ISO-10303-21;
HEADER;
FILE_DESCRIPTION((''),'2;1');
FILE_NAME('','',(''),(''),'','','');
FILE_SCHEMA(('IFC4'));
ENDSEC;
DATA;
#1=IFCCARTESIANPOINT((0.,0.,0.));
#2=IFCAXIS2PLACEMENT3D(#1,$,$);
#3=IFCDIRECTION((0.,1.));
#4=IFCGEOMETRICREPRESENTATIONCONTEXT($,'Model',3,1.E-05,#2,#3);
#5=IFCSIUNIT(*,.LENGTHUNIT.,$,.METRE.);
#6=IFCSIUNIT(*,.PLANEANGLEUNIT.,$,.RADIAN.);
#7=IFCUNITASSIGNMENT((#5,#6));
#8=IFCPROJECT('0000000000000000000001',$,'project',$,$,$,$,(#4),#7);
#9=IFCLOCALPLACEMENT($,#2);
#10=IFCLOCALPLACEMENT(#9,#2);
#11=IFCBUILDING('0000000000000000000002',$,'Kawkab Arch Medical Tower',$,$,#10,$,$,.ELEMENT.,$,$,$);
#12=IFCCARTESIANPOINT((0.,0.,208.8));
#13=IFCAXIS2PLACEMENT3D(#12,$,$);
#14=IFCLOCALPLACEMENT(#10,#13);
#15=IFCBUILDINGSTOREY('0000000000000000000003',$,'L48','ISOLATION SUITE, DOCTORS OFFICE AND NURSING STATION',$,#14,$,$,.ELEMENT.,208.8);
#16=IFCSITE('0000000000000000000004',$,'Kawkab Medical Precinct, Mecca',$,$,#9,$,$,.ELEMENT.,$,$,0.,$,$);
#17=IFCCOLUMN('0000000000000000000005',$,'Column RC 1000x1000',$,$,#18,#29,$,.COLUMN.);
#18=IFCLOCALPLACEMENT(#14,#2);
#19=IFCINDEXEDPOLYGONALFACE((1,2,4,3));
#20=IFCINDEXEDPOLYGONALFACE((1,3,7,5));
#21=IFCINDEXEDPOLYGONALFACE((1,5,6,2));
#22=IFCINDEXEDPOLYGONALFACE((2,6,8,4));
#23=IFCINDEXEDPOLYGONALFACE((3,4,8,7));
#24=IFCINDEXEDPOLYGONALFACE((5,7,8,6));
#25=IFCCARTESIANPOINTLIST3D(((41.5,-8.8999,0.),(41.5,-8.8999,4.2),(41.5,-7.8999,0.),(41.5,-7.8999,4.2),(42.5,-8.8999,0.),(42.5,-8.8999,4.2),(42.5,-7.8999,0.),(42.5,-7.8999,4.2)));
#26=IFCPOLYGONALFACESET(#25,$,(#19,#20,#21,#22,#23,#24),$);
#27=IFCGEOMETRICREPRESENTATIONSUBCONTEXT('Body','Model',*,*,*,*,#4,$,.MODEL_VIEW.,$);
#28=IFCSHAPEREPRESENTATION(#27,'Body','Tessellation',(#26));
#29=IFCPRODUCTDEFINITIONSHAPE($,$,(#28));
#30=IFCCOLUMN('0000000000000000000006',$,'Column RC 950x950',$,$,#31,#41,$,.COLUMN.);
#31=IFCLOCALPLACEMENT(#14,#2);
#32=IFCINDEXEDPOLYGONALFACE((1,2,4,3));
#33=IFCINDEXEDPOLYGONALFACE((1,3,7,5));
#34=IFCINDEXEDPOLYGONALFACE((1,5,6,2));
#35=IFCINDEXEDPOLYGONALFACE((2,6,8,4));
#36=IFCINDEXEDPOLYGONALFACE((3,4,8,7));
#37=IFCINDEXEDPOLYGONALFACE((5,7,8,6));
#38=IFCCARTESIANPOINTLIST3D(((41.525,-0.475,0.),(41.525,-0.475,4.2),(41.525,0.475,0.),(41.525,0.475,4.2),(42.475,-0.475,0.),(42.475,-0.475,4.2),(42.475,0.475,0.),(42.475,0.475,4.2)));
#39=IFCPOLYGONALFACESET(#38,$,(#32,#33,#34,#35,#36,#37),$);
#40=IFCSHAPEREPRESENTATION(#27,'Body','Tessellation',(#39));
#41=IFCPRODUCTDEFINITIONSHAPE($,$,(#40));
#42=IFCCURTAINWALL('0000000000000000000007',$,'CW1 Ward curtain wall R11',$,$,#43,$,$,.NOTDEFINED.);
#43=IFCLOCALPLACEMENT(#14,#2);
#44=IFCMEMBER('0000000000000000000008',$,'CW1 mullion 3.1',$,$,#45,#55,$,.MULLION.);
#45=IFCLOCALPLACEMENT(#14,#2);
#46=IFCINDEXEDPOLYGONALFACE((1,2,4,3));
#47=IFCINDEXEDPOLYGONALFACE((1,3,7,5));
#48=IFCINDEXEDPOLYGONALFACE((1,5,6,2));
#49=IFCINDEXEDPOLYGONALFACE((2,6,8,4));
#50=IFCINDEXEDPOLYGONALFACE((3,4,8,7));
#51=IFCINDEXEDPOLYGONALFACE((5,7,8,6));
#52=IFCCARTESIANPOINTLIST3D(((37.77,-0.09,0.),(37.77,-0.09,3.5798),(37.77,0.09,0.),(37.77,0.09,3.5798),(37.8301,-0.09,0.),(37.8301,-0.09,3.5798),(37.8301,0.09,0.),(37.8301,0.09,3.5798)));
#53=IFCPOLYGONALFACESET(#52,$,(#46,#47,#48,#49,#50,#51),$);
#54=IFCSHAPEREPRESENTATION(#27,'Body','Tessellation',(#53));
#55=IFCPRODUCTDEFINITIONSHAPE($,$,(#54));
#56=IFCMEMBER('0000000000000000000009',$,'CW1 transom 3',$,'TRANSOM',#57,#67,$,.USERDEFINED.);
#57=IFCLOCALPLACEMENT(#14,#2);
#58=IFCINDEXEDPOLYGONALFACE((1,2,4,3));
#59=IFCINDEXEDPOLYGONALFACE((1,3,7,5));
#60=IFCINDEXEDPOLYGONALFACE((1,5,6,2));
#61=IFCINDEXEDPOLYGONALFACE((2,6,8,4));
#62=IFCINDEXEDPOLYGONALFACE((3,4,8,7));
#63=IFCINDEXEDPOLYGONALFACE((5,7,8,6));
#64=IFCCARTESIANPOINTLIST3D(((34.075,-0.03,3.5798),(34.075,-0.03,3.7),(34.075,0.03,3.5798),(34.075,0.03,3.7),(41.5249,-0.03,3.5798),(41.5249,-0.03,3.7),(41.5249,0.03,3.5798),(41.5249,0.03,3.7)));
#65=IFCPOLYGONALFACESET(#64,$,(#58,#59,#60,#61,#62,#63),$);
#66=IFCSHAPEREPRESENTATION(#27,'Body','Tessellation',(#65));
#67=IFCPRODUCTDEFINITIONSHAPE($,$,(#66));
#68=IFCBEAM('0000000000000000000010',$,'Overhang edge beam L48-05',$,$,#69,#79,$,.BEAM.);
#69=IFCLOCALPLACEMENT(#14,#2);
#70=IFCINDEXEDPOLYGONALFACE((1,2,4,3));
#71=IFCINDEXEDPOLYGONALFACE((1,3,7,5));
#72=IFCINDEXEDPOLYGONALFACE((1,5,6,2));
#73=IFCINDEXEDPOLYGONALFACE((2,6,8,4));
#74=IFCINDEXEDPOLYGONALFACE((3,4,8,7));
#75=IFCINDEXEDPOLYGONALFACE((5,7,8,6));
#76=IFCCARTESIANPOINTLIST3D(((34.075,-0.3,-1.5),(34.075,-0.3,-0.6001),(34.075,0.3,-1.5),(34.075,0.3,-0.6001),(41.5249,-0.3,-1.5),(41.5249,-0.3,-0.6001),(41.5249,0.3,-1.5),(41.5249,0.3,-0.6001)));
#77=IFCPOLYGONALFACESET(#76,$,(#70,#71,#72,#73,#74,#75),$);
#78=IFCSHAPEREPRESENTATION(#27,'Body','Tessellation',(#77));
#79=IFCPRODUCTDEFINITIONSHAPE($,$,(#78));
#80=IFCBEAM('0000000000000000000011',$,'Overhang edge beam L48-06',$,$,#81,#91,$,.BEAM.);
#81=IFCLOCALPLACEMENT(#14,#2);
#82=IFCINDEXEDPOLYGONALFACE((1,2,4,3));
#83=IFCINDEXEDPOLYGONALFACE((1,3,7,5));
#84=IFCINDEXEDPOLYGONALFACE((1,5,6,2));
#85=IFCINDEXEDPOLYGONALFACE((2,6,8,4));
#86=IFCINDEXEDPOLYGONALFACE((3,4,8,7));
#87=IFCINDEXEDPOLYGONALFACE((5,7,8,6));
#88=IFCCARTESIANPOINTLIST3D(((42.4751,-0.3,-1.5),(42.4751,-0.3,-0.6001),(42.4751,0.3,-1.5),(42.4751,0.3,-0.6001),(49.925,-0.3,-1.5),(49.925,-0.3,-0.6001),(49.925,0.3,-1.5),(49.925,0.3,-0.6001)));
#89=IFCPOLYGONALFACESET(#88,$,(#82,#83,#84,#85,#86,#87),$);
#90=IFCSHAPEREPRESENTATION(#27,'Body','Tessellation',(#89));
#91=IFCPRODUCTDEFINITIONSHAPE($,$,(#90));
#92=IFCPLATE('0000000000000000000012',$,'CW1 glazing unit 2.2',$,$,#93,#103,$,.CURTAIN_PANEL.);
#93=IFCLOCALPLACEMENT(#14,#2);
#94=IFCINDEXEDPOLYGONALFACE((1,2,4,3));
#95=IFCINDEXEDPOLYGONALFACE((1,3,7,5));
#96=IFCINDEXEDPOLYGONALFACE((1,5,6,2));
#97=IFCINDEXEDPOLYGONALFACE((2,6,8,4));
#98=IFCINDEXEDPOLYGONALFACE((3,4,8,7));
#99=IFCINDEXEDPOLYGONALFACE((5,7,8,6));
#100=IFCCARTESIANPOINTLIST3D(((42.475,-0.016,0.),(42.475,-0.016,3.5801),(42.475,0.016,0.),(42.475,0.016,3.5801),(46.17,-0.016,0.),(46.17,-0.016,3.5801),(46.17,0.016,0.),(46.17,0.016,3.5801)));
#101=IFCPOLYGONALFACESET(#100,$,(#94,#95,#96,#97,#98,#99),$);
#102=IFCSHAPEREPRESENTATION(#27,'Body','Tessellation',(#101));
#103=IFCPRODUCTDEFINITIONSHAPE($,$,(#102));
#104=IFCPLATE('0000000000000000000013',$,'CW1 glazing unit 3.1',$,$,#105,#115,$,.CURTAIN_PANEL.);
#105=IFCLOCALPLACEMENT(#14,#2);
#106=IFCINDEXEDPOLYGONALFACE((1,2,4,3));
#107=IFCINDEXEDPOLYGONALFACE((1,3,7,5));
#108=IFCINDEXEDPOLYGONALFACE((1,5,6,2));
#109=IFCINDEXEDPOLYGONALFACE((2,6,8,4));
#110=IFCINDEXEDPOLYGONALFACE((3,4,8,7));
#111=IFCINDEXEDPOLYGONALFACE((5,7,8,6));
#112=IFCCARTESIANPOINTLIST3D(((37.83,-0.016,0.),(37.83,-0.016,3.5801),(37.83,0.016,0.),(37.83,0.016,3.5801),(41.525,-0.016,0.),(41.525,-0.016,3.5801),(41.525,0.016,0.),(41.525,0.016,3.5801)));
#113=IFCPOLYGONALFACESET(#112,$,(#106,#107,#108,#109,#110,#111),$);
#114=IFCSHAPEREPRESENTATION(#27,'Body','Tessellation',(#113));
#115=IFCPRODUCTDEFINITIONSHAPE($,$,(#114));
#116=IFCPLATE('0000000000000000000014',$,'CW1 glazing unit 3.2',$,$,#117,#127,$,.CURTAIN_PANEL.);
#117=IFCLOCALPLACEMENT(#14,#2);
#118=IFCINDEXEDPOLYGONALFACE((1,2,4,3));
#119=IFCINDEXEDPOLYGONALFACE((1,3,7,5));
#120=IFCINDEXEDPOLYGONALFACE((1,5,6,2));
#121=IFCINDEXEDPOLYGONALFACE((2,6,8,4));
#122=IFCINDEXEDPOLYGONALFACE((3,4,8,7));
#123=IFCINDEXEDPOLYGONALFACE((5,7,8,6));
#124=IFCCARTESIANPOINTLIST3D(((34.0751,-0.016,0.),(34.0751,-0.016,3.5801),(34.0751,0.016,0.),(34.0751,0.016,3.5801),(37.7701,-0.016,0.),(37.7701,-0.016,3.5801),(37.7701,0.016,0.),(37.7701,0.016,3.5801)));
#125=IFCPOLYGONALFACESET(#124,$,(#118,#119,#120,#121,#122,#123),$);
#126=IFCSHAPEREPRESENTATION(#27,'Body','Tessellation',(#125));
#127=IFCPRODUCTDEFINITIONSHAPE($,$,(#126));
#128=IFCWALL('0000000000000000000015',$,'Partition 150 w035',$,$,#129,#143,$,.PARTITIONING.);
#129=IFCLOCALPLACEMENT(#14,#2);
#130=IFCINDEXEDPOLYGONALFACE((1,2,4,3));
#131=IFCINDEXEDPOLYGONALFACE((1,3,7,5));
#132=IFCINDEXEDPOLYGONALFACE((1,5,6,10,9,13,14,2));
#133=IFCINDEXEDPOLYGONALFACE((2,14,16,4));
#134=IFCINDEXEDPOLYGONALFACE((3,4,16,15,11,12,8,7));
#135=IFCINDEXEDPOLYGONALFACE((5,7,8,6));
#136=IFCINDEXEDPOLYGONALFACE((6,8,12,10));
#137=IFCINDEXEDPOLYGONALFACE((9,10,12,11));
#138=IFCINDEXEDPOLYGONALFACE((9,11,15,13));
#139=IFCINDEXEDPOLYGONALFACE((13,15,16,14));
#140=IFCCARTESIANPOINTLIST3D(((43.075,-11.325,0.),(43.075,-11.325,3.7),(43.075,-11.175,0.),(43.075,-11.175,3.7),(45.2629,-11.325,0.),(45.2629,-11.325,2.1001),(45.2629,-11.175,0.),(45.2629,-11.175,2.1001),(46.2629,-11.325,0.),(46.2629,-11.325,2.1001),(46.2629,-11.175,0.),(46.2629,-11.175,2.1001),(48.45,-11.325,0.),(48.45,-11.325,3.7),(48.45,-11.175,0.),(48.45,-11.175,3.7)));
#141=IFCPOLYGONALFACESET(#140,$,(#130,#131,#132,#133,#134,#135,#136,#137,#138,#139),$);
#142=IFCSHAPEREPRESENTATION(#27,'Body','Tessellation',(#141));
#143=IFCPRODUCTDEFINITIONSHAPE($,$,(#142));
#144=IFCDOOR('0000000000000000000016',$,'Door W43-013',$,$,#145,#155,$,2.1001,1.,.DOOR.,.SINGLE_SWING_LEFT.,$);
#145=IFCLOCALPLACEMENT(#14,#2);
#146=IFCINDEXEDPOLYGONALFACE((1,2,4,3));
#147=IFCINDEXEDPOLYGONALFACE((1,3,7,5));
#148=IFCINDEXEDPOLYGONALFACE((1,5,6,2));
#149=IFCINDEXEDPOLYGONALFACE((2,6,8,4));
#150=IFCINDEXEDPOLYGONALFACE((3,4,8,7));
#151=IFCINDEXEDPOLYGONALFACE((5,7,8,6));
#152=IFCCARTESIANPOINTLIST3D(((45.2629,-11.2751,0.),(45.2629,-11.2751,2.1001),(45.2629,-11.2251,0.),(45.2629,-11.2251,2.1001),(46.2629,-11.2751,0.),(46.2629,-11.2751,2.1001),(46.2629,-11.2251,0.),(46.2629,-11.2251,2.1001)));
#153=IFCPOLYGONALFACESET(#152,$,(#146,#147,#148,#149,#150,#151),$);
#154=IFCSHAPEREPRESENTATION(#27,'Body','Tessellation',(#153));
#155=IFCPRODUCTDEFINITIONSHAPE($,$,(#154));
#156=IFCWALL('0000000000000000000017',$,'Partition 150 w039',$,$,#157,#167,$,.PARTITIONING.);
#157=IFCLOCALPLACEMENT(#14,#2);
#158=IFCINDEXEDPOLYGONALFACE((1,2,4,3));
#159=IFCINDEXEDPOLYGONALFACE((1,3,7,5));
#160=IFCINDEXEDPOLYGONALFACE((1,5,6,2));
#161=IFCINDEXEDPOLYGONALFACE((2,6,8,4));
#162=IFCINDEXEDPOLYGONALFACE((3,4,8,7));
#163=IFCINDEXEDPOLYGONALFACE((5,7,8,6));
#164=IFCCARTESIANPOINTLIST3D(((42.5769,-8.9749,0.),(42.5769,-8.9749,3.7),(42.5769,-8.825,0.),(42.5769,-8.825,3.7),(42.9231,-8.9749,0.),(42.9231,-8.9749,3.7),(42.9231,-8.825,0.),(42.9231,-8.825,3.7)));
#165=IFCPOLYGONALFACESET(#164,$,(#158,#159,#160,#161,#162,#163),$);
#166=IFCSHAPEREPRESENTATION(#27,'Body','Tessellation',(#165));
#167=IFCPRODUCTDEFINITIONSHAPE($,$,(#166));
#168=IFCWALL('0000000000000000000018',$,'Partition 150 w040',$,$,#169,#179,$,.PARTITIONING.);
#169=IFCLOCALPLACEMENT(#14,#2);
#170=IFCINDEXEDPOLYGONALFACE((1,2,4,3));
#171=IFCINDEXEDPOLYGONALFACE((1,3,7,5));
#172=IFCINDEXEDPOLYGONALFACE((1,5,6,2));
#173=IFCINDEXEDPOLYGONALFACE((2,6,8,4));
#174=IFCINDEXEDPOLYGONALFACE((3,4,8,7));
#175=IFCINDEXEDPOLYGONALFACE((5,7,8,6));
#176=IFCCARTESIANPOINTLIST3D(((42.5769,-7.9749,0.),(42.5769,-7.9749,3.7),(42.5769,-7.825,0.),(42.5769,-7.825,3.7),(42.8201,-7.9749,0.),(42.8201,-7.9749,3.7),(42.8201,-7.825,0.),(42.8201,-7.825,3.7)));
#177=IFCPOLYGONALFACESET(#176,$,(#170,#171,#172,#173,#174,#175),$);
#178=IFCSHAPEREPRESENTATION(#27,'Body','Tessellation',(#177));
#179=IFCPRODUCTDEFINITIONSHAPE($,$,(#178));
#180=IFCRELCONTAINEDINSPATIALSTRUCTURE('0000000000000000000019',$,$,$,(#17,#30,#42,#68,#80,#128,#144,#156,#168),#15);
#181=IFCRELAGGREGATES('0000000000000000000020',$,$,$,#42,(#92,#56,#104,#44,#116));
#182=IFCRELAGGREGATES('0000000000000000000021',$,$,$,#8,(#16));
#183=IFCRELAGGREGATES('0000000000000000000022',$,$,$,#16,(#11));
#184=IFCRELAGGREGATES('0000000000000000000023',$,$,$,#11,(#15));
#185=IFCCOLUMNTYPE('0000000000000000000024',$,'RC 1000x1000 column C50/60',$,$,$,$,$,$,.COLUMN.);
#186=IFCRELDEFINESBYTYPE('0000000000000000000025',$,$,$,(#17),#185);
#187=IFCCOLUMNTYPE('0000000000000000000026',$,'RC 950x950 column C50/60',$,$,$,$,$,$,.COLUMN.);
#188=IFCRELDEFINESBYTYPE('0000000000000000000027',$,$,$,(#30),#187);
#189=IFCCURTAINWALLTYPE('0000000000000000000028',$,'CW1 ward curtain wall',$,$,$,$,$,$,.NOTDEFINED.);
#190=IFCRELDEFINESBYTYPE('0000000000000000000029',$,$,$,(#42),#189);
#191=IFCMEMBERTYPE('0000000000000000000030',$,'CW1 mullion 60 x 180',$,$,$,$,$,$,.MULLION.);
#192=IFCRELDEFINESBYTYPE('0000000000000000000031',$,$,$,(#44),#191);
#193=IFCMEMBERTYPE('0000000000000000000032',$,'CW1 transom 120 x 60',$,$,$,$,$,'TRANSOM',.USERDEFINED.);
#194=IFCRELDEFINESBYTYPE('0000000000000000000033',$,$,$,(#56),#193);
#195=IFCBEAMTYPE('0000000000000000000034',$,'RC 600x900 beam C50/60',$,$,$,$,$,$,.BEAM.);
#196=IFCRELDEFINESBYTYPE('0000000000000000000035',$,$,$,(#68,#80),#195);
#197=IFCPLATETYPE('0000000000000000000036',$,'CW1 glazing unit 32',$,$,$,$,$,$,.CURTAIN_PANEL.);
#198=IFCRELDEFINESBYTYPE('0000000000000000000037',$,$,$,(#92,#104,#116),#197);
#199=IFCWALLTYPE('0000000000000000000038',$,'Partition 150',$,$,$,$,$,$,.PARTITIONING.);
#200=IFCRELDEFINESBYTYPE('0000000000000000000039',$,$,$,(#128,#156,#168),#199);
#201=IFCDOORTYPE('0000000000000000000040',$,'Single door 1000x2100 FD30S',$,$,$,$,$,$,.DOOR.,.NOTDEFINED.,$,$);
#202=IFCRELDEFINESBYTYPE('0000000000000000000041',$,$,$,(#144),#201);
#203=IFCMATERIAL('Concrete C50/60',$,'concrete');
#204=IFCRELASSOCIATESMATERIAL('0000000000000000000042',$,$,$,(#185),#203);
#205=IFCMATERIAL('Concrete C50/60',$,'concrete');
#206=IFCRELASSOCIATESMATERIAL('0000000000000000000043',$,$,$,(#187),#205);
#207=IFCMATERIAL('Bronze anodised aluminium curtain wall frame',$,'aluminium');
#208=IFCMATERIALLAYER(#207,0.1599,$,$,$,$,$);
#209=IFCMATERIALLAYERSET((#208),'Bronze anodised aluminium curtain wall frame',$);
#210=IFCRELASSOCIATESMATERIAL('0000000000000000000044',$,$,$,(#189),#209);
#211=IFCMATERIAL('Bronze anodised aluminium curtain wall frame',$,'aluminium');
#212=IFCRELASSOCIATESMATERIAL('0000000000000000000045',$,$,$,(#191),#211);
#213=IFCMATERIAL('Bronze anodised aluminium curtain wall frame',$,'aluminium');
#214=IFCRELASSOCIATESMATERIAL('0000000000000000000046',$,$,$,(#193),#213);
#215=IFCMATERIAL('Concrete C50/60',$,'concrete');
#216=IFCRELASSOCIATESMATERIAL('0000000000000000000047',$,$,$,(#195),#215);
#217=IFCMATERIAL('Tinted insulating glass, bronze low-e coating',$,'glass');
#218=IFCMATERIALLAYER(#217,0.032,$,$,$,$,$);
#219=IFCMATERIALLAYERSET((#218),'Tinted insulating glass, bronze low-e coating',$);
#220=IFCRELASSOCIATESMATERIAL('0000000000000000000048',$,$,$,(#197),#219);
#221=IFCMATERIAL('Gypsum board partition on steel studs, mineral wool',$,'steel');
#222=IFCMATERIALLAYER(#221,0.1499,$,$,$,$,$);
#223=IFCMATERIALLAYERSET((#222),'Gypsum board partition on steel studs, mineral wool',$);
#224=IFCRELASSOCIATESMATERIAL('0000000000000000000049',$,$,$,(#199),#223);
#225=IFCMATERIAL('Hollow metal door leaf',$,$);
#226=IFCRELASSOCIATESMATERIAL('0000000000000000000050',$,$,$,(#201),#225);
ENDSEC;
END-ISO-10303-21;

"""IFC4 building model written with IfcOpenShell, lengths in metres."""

from ifc_helpers import new_model, si_unit, direction, frame, frame_2d, origin, origin_2d, place, context, subcontext, project, spatial, rectangle, extrude, material, layer, layer_set, material_profile, profile_set, type_object, element, fill, aggregate, save


model = new_model("IFC4")

# Units and contexts
model_context = context("Model", 3, precision=1e-05, world=origin(), true_north=direction((0.0, 1.0)))
body_context = subcontext(model_context, "Body", "Model", "MODEL_VIEW")
ifc_project = project(units=[si_unit("LENGTHUNIT", "METRE"), si_unit("PLANEANGLEUNIT", "RADIAN")], contexts=[model_context])

# Site, building, storey
site_placement = place(None, origin())
site = spatial("IfcSite", under=ifc_project, at=site_placement, Name="Kawkab Medical Precinct, Mecca", CompositionType="ELEMENT", RefElevation=0.0)
building_placement = place(site_placement, origin())
building = spatial("IfcBuilding", under=site, at=building_placement, Name="Kawkab Arch Medical Tower", CompositionType="ELEMENT")
storey_placement = place(building_placement, frame((0.0, 0.0, 208.8)))
storey = spatial("IfcBuildingStorey", under=building, at=storey_placement, Name="L48", Description="ISOLATION SUITE, DOCTORS OFFICE AND NURSING STATION", CompositionType="ELEMENT", Elevation=208.8)

# Columns
ifc_material_1 = material(Name="Concrete C50/60", Category="concrete")
ifc_material_profile_1 = material_profile(ifc_material_1, rectangle(XDim=1.0, YDim=1.0, at=origin_2d()), Name="RC 1000x1000")
ifc_profile_set_1 = profile_set([ifc_material_profile_1], Name="Concrete C50/60")
column_type_1 = type_object("IfcColumnType", Name="RC 1000x1000 column C50/60", PredefinedType="COLUMN", material=ifc_profile_set_1)
column_1_placement = place(storey_placement, frame((42.0, -8.3999, 0.0), z_axis=(0.0, 0.0, 1.0), x_axis=(1.0, 0.0, 0.0)))
element("IfcColumn", 1, at=column_1_placement, inside=storey, type_object=column_type_1, Name="Column RC 1000x1000", PredefinedType="COLUMN", context=body_context, shape_type="SweptSolid", body=[
    extrude(rectangle(XDim=1.0, YDim=1.0, at=origin_2d()), origin(), (0.0, 0.0, 1.0), 4.2),
])
ifc_material_2 = material(Name="Concrete C50/60", Category="concrete")
ifc_material_profile_2 = material_profile(ifc_material_2, rectangle(XDim=0.95, YDim=0.95, at=origin_2d()), Name="RC 950x950")
ifc_profile_set_2 = profile_set([ifc_material_profile_2], Name="Concrete C50/60")
column_type_2 = type_object("IfcColumnType", Name="RC 950x950 column C50/60", PredefinedType="COLUMN", material=ifc_profile_set_2)
column_2_placement = place(storey_placement, frame((42.0, 0.0, 0.0), z_axis=(0.0, 0.0, 1.0), x_axis=(1.0, 0.0, 0.0)))
element("IfcColumn", 2, at=column_2_placement, inside=storey, type_object=column_type_2, Name="Column RC 950x950", PredefinedType="COLUMN", context=body_context, shape_type="SweptSolid", body=[
    extrude(rectangle(XDim=0.95, YDim=0.95, at=origin_2d()), origin(), (0.0, 0.0, 1.0), 4.2),
])

# Curtain wall, members
ifc_material_3 = material(Name="Bronze anodised aluminium curtain wall frame", Category="aluminium")
ifc_layer_1 = layer(ifc_material_3, 0.1599)
ifc_layer_set_1 = layer_set([ifc_layer_1], Name="Bronze anodised aluminium curtain wall frame")
curtain_wall_type = type_object("IfcCurtainWallType", Name="CW1 ward curtain wall", PredefinedType="NOTDEFINED", material=ifc_layer_set_1)
placement = place(storey_placement, origin())
curtain_wall = element("IfcCurtainWall", 3, at=placement, inside=storey, type_object=curtain_wall_type, Name="CW1 Ward curtain wall R11", PredefinedType="NOTDEFINED")
ifc_material_4 = material(Name="Bronze anodised aluminium curtain wall frame", Category="aluminium")
ifc_material_profile_3 = material_profile(ifc_material_4, rectangle(XDim=0.1799, YDim=0.0601, at=origin_2d()), Name="AL 60x180")
ifc_profile_set_3 = profile_set([ifc_material_profile_3], Name="Bronze anodised aluminium curtain wall frame")
member_type_1 = type_object("IfcMemberType", Name="CW1 mullion 60 x 180", PredefinedType="MULLION", material=ifc_profile_set_3)
member_1_placement = place(storey_placement, frame((37.8, 0.0, 0.0), z_axis=(0.0, 0.0, 1.0), x_axis=(0.0, -1.0, 0.0)))
member_1 = element("IfcMember", 4, at=member_1_placement, type_object=member_type_1, Name="CW1 mullion 3.1", PredefinedType="MULLION", context=body_context, shape_type="SweptSolid", body=[
    extrude(rectangle(XDim=0.1799, YDim=0.0601, at=origin_2d()), origin(), (0.0, 0.0, 1.0), 3.5798),
])
ifc_material_5 = material(Name="Bronze anodised aluminium curtain wall frame", Category="aluminium")
ifc_material_profile_4 = material_profile(ifc_material_5, rectangle(XDim=0.0601, YDim=0.1201, at=origin_2d()), Name="AL 60x120")
ifc_profile_set_4 = profile_set([ifc_material_profile_4], Name="Bronze anodised aluminium curtain wall frame")
member_type_2 = type_object("IfcMemberType", Name="CW1 transom 120 x 60", ElementType="TRANSOM", PredefinedType="USERDEFINED", material=ifc_profile_set_4)
member_2_placement = place(storey_placement, frame((41.5249, 0.0, 3.6399), z_axis=(-1.0, 0.0, 0.0), x_axis=(0.0, -1.0, 0.0)))
member_2 = element("IfcMember", 5, at=member_2_placement, type_object=member_type_2, Name="CW1 transom 3", ObjectType="TRANSOM", PredefinedType="USERDEFINED", context=body_context, shape_type="SweptSolid", body=[
    extrude(rectangle(XDim=0.0601, YDim=0.1201, at=origin_2d()), origin(), (0.0, 0.0, 1.0), 7.45),
])

# Beams
ifc_material_6 = material(Name="Concrete C50/60", Category="concrete")
ifc_material_profile_5 = material_profile(ifc_material_6, rectangle(XDim=0.6001, YDim=0.8999, at=origin_2d()), Name="RC 600x900")
ifc_profile_set_5 = profile_set([ifc_material_profile_5], Name="Concrete C50/60")
beam_type = type_object("IfcBeamType", Name="RC 600x900 beam C50/60", PredefinedType="BEAM", material=ifc_profile_set_5)
for number, where, z_axis, x_axis, name in (
    (6, (34.075, 0.0, -1.05), (1.0, 0.0, 0.0), (0.0, 1.0, 0.0), "Overhang edge beam L48-05"),
    (7, (42.4751, 0.0, -1.05), (1.0, 0.0, 0.0), (0.0, 1.0, 0.0), "Overhang edge beam L48-06"),
):
    element("IfcBeam", number, at=place(storey_placement, frame(where, z_axis=z_axis, x_axis=x_axis)), inside=storey, type_object=beam_type, Name=name, PredefinedType="BEAM", context=body_context, shape_type="SweptSolid", body=[
        extrude(rectangle(XDim=0.6001, YDim=0.8999, at=origin_2d()), origin(), (0.0, 0.0, 1.0), 7.45),
    ])

# Plates
ifc_material_7 = material(Name="Tinted insulating glass, bronze low-e coating", Category="glass")
ifc_layer_2 = layer(ifc_material_7, 0.032)
ifc_layer_set_2 = layer_set([ifc_layer_2], Name="Tinted insulating glass, bronze low-e coating")
plate_type = type_object("IfcPlateType", Name="CW1 glazing unit 32", PredefinedType="CURTAIN_PANEL", material=ifc_layer_set_2)
plate_1_placement = place(storey_placement, frame((44.3225, 0.0, 0.0), z_axis=(0.0, 0.0, 1.0), x_axis=(-1.0, 0.0, 0.0)))
plate_1 = element("IfcPlate", 8, at=plate_1_placement, type_object=plate_type, Name="CW1 glazing unit 2.2", PredefinedType="CURTAIN_PANEL", context=body_context, shape_type="SweptSolid", body=[
    extrude(rectangle(XDim=3.6951, YDim=0.032, at=origin_2d()), origin(), (0.0, 0.0, 1.0), 3.5801),
])
plate_2_placement = place(storey_placement, frame((39.6775, 0.0, 0.0), z_axis=(0.0, 0.0, 1.0), x_axis=(-1.0, 0.0, 0.0)))
plate_2 = element("IfcPlate", 9, at=plate_2_placement, type_object=plate_type, Name="CW1 glazing unit 3.1", PredefinedType="CURTAIN_PANEL", context=body_context, shape_type="SweptSolid", body=[
    extrude(rectangle(XDim=3.6951, YDim=0.032, at=origin_2d()), origin(), (0.0, 0.0, 1.0), 3.5801),
])
plate_3_placement = place(storey_placement, frame((35.9226, 0.0, 0.0), z_axis=(0.0, 0.0, 1.0), x_axis=(-1.0, 0.0, 0.0)))
plate_3 = element("IfcPlate", 10, at=plate_3_placement, type_object=plate_type, Name="CW1 glazing unit 3.2", PredefinedType="CURTAIN_PANEL", context=body_context, shape_type="SweptSolid", body=[
    extrude(rectangle(XDim=3.6951, YDim=0.032, at=origin_2d()), origin(), (0.0, 0.0, 1.0), 3.5801),
])
aggregate(curtain_wall, [plate_1, member_2, plate_2, member_1, plate_3])

# Wall, opening, door
ifc_material_8 = material(Name="Gypsum board partition on steel studs, mineral wool", Category="steel")
ifc_layer_3 = layer(ifc_material_8, 0.1499)
ifc_layer_set_3 = layer_set([ifc_layer_3], Name="Gypsum board partition on steel studs, mineral wool")
wall_type_1 = type_object("IfcWallType", Name="Partition 150", PredefinedType="PARTITIONING", material=ifc_layer_set_3)
wall_1_placement = place(storey_placement, frame((43.075, -11.25, 0.0), z_axis=(0.0, 0.0, 1.0), x_axis=(1.0, 0.0, 0.0)))
wall_1 = element("IfcWall", 11, at=wall_1_placement, inside=storey, type_object=wall_type_1, Name="Partition 150 w035", PredefinedType="PARTITIONING", context=body_context, shape_type="SweptSolid", body=[
    extrude(rectangle(XDim=5.375, YDim=0.1499, at=frame_2d((2.6875, 0.0))), origin(), (0.0, 0.0, 1.0), 3.7),
])
opening_1_placement = place(wall_1_placement, frame((2.188, 0.0, 0.0)))
opening_1 = element("IfcOpeningElement", 12, at=opening_1_placement, cuts=wall_1, PredefinedType="OPENING", context=body_context, shape_type="SweptSolid", body=[
    extrude(rectangle(XDim=1.0, YDim=2.1001, at=frame_2d((0.5, 1.05))), frame((0.0, 0.085, 0.0), z_axis=(0.0, -1.0, 0.0), x_axis=(1.0, 0.0, 0.0)), (0.0, 0.0, 1.0), 0.1699),
])
ifc_material_9 = material(Name="Hollow metal door leaf")
door_type_1 = type_object("IfcDoorType", Name="Single door 1000x2100 FD30S", OperationType="NOTDEFINED", PredefinedType="DOOR", material=ifc_material_9)
door_1_placement = place(opening_1_placement, origin())
door_1 = element("IfcDoor", 13, at=door_1_placement, inside=storey, type_object=door_type_1, Name="Door W43-013", OperationType="SINGLE_SWING_LEFT", OverallHeight=2.1001, OverallWidth=1.0, PredefinedType="DOOR", context=body_context, shape_type="SweptSolid", body=[
    extrude(rectangle(XDim=1.0, YDim=2.1001, at=frame_2d((0.5, 1.05))), frame((0.0, 0.0249, 0.0), z_axis=(0.0, -1.0, 0.0), x_axis=(1.0, 0.0, 0.0)), (0.0, 0.0, 1.0), 0.05),
])
fill(opening_1, door_1)

# Walls
wall_2_placement = place(storey_placement, frame((42.5769, -8.8999, 0.0), z_axis=(0.0, 0.0, 1.0), x_axis=(1.0, 0.0, 0.0)))
element("IfcWall", 14, at=wall_2_placement, inside=storey, type_object=wall_type_1, Name="Partition 150 w039", PredefinedType="PARTITIONING", context=body_context, shape_type="SweptSolid", body=[
    extrude(rectangle(XDim=0.3462, YDim=0.1499, at=frame_2d((0.1731, 0.0))), origin(), (0.0, 0.0, 1.0), 3.7),
])
wall_3_placement = place(storey_placement, frame((42.5769, -7.8999, 0.0), z_axis=(0.0, 0.0, 1.0), x_axis=(1.0, 0.0, 0.0)))
element("IfcWall", 15, at=wall_3_placement, inside=storey, type_object=wall_type_1, Name="Partition 150 w040", PredefinedType="PARTITIONING", context=body_context, shape_type="SweptSolid", body=[
    extrude(rectangle(XDim=0.2432, YDim=0.1499, at=frame_2d((0.1216, 0.0))), origin(), (0.0, 0.0, 1.0), 3.7),
])

save(model, "model.ifc")
